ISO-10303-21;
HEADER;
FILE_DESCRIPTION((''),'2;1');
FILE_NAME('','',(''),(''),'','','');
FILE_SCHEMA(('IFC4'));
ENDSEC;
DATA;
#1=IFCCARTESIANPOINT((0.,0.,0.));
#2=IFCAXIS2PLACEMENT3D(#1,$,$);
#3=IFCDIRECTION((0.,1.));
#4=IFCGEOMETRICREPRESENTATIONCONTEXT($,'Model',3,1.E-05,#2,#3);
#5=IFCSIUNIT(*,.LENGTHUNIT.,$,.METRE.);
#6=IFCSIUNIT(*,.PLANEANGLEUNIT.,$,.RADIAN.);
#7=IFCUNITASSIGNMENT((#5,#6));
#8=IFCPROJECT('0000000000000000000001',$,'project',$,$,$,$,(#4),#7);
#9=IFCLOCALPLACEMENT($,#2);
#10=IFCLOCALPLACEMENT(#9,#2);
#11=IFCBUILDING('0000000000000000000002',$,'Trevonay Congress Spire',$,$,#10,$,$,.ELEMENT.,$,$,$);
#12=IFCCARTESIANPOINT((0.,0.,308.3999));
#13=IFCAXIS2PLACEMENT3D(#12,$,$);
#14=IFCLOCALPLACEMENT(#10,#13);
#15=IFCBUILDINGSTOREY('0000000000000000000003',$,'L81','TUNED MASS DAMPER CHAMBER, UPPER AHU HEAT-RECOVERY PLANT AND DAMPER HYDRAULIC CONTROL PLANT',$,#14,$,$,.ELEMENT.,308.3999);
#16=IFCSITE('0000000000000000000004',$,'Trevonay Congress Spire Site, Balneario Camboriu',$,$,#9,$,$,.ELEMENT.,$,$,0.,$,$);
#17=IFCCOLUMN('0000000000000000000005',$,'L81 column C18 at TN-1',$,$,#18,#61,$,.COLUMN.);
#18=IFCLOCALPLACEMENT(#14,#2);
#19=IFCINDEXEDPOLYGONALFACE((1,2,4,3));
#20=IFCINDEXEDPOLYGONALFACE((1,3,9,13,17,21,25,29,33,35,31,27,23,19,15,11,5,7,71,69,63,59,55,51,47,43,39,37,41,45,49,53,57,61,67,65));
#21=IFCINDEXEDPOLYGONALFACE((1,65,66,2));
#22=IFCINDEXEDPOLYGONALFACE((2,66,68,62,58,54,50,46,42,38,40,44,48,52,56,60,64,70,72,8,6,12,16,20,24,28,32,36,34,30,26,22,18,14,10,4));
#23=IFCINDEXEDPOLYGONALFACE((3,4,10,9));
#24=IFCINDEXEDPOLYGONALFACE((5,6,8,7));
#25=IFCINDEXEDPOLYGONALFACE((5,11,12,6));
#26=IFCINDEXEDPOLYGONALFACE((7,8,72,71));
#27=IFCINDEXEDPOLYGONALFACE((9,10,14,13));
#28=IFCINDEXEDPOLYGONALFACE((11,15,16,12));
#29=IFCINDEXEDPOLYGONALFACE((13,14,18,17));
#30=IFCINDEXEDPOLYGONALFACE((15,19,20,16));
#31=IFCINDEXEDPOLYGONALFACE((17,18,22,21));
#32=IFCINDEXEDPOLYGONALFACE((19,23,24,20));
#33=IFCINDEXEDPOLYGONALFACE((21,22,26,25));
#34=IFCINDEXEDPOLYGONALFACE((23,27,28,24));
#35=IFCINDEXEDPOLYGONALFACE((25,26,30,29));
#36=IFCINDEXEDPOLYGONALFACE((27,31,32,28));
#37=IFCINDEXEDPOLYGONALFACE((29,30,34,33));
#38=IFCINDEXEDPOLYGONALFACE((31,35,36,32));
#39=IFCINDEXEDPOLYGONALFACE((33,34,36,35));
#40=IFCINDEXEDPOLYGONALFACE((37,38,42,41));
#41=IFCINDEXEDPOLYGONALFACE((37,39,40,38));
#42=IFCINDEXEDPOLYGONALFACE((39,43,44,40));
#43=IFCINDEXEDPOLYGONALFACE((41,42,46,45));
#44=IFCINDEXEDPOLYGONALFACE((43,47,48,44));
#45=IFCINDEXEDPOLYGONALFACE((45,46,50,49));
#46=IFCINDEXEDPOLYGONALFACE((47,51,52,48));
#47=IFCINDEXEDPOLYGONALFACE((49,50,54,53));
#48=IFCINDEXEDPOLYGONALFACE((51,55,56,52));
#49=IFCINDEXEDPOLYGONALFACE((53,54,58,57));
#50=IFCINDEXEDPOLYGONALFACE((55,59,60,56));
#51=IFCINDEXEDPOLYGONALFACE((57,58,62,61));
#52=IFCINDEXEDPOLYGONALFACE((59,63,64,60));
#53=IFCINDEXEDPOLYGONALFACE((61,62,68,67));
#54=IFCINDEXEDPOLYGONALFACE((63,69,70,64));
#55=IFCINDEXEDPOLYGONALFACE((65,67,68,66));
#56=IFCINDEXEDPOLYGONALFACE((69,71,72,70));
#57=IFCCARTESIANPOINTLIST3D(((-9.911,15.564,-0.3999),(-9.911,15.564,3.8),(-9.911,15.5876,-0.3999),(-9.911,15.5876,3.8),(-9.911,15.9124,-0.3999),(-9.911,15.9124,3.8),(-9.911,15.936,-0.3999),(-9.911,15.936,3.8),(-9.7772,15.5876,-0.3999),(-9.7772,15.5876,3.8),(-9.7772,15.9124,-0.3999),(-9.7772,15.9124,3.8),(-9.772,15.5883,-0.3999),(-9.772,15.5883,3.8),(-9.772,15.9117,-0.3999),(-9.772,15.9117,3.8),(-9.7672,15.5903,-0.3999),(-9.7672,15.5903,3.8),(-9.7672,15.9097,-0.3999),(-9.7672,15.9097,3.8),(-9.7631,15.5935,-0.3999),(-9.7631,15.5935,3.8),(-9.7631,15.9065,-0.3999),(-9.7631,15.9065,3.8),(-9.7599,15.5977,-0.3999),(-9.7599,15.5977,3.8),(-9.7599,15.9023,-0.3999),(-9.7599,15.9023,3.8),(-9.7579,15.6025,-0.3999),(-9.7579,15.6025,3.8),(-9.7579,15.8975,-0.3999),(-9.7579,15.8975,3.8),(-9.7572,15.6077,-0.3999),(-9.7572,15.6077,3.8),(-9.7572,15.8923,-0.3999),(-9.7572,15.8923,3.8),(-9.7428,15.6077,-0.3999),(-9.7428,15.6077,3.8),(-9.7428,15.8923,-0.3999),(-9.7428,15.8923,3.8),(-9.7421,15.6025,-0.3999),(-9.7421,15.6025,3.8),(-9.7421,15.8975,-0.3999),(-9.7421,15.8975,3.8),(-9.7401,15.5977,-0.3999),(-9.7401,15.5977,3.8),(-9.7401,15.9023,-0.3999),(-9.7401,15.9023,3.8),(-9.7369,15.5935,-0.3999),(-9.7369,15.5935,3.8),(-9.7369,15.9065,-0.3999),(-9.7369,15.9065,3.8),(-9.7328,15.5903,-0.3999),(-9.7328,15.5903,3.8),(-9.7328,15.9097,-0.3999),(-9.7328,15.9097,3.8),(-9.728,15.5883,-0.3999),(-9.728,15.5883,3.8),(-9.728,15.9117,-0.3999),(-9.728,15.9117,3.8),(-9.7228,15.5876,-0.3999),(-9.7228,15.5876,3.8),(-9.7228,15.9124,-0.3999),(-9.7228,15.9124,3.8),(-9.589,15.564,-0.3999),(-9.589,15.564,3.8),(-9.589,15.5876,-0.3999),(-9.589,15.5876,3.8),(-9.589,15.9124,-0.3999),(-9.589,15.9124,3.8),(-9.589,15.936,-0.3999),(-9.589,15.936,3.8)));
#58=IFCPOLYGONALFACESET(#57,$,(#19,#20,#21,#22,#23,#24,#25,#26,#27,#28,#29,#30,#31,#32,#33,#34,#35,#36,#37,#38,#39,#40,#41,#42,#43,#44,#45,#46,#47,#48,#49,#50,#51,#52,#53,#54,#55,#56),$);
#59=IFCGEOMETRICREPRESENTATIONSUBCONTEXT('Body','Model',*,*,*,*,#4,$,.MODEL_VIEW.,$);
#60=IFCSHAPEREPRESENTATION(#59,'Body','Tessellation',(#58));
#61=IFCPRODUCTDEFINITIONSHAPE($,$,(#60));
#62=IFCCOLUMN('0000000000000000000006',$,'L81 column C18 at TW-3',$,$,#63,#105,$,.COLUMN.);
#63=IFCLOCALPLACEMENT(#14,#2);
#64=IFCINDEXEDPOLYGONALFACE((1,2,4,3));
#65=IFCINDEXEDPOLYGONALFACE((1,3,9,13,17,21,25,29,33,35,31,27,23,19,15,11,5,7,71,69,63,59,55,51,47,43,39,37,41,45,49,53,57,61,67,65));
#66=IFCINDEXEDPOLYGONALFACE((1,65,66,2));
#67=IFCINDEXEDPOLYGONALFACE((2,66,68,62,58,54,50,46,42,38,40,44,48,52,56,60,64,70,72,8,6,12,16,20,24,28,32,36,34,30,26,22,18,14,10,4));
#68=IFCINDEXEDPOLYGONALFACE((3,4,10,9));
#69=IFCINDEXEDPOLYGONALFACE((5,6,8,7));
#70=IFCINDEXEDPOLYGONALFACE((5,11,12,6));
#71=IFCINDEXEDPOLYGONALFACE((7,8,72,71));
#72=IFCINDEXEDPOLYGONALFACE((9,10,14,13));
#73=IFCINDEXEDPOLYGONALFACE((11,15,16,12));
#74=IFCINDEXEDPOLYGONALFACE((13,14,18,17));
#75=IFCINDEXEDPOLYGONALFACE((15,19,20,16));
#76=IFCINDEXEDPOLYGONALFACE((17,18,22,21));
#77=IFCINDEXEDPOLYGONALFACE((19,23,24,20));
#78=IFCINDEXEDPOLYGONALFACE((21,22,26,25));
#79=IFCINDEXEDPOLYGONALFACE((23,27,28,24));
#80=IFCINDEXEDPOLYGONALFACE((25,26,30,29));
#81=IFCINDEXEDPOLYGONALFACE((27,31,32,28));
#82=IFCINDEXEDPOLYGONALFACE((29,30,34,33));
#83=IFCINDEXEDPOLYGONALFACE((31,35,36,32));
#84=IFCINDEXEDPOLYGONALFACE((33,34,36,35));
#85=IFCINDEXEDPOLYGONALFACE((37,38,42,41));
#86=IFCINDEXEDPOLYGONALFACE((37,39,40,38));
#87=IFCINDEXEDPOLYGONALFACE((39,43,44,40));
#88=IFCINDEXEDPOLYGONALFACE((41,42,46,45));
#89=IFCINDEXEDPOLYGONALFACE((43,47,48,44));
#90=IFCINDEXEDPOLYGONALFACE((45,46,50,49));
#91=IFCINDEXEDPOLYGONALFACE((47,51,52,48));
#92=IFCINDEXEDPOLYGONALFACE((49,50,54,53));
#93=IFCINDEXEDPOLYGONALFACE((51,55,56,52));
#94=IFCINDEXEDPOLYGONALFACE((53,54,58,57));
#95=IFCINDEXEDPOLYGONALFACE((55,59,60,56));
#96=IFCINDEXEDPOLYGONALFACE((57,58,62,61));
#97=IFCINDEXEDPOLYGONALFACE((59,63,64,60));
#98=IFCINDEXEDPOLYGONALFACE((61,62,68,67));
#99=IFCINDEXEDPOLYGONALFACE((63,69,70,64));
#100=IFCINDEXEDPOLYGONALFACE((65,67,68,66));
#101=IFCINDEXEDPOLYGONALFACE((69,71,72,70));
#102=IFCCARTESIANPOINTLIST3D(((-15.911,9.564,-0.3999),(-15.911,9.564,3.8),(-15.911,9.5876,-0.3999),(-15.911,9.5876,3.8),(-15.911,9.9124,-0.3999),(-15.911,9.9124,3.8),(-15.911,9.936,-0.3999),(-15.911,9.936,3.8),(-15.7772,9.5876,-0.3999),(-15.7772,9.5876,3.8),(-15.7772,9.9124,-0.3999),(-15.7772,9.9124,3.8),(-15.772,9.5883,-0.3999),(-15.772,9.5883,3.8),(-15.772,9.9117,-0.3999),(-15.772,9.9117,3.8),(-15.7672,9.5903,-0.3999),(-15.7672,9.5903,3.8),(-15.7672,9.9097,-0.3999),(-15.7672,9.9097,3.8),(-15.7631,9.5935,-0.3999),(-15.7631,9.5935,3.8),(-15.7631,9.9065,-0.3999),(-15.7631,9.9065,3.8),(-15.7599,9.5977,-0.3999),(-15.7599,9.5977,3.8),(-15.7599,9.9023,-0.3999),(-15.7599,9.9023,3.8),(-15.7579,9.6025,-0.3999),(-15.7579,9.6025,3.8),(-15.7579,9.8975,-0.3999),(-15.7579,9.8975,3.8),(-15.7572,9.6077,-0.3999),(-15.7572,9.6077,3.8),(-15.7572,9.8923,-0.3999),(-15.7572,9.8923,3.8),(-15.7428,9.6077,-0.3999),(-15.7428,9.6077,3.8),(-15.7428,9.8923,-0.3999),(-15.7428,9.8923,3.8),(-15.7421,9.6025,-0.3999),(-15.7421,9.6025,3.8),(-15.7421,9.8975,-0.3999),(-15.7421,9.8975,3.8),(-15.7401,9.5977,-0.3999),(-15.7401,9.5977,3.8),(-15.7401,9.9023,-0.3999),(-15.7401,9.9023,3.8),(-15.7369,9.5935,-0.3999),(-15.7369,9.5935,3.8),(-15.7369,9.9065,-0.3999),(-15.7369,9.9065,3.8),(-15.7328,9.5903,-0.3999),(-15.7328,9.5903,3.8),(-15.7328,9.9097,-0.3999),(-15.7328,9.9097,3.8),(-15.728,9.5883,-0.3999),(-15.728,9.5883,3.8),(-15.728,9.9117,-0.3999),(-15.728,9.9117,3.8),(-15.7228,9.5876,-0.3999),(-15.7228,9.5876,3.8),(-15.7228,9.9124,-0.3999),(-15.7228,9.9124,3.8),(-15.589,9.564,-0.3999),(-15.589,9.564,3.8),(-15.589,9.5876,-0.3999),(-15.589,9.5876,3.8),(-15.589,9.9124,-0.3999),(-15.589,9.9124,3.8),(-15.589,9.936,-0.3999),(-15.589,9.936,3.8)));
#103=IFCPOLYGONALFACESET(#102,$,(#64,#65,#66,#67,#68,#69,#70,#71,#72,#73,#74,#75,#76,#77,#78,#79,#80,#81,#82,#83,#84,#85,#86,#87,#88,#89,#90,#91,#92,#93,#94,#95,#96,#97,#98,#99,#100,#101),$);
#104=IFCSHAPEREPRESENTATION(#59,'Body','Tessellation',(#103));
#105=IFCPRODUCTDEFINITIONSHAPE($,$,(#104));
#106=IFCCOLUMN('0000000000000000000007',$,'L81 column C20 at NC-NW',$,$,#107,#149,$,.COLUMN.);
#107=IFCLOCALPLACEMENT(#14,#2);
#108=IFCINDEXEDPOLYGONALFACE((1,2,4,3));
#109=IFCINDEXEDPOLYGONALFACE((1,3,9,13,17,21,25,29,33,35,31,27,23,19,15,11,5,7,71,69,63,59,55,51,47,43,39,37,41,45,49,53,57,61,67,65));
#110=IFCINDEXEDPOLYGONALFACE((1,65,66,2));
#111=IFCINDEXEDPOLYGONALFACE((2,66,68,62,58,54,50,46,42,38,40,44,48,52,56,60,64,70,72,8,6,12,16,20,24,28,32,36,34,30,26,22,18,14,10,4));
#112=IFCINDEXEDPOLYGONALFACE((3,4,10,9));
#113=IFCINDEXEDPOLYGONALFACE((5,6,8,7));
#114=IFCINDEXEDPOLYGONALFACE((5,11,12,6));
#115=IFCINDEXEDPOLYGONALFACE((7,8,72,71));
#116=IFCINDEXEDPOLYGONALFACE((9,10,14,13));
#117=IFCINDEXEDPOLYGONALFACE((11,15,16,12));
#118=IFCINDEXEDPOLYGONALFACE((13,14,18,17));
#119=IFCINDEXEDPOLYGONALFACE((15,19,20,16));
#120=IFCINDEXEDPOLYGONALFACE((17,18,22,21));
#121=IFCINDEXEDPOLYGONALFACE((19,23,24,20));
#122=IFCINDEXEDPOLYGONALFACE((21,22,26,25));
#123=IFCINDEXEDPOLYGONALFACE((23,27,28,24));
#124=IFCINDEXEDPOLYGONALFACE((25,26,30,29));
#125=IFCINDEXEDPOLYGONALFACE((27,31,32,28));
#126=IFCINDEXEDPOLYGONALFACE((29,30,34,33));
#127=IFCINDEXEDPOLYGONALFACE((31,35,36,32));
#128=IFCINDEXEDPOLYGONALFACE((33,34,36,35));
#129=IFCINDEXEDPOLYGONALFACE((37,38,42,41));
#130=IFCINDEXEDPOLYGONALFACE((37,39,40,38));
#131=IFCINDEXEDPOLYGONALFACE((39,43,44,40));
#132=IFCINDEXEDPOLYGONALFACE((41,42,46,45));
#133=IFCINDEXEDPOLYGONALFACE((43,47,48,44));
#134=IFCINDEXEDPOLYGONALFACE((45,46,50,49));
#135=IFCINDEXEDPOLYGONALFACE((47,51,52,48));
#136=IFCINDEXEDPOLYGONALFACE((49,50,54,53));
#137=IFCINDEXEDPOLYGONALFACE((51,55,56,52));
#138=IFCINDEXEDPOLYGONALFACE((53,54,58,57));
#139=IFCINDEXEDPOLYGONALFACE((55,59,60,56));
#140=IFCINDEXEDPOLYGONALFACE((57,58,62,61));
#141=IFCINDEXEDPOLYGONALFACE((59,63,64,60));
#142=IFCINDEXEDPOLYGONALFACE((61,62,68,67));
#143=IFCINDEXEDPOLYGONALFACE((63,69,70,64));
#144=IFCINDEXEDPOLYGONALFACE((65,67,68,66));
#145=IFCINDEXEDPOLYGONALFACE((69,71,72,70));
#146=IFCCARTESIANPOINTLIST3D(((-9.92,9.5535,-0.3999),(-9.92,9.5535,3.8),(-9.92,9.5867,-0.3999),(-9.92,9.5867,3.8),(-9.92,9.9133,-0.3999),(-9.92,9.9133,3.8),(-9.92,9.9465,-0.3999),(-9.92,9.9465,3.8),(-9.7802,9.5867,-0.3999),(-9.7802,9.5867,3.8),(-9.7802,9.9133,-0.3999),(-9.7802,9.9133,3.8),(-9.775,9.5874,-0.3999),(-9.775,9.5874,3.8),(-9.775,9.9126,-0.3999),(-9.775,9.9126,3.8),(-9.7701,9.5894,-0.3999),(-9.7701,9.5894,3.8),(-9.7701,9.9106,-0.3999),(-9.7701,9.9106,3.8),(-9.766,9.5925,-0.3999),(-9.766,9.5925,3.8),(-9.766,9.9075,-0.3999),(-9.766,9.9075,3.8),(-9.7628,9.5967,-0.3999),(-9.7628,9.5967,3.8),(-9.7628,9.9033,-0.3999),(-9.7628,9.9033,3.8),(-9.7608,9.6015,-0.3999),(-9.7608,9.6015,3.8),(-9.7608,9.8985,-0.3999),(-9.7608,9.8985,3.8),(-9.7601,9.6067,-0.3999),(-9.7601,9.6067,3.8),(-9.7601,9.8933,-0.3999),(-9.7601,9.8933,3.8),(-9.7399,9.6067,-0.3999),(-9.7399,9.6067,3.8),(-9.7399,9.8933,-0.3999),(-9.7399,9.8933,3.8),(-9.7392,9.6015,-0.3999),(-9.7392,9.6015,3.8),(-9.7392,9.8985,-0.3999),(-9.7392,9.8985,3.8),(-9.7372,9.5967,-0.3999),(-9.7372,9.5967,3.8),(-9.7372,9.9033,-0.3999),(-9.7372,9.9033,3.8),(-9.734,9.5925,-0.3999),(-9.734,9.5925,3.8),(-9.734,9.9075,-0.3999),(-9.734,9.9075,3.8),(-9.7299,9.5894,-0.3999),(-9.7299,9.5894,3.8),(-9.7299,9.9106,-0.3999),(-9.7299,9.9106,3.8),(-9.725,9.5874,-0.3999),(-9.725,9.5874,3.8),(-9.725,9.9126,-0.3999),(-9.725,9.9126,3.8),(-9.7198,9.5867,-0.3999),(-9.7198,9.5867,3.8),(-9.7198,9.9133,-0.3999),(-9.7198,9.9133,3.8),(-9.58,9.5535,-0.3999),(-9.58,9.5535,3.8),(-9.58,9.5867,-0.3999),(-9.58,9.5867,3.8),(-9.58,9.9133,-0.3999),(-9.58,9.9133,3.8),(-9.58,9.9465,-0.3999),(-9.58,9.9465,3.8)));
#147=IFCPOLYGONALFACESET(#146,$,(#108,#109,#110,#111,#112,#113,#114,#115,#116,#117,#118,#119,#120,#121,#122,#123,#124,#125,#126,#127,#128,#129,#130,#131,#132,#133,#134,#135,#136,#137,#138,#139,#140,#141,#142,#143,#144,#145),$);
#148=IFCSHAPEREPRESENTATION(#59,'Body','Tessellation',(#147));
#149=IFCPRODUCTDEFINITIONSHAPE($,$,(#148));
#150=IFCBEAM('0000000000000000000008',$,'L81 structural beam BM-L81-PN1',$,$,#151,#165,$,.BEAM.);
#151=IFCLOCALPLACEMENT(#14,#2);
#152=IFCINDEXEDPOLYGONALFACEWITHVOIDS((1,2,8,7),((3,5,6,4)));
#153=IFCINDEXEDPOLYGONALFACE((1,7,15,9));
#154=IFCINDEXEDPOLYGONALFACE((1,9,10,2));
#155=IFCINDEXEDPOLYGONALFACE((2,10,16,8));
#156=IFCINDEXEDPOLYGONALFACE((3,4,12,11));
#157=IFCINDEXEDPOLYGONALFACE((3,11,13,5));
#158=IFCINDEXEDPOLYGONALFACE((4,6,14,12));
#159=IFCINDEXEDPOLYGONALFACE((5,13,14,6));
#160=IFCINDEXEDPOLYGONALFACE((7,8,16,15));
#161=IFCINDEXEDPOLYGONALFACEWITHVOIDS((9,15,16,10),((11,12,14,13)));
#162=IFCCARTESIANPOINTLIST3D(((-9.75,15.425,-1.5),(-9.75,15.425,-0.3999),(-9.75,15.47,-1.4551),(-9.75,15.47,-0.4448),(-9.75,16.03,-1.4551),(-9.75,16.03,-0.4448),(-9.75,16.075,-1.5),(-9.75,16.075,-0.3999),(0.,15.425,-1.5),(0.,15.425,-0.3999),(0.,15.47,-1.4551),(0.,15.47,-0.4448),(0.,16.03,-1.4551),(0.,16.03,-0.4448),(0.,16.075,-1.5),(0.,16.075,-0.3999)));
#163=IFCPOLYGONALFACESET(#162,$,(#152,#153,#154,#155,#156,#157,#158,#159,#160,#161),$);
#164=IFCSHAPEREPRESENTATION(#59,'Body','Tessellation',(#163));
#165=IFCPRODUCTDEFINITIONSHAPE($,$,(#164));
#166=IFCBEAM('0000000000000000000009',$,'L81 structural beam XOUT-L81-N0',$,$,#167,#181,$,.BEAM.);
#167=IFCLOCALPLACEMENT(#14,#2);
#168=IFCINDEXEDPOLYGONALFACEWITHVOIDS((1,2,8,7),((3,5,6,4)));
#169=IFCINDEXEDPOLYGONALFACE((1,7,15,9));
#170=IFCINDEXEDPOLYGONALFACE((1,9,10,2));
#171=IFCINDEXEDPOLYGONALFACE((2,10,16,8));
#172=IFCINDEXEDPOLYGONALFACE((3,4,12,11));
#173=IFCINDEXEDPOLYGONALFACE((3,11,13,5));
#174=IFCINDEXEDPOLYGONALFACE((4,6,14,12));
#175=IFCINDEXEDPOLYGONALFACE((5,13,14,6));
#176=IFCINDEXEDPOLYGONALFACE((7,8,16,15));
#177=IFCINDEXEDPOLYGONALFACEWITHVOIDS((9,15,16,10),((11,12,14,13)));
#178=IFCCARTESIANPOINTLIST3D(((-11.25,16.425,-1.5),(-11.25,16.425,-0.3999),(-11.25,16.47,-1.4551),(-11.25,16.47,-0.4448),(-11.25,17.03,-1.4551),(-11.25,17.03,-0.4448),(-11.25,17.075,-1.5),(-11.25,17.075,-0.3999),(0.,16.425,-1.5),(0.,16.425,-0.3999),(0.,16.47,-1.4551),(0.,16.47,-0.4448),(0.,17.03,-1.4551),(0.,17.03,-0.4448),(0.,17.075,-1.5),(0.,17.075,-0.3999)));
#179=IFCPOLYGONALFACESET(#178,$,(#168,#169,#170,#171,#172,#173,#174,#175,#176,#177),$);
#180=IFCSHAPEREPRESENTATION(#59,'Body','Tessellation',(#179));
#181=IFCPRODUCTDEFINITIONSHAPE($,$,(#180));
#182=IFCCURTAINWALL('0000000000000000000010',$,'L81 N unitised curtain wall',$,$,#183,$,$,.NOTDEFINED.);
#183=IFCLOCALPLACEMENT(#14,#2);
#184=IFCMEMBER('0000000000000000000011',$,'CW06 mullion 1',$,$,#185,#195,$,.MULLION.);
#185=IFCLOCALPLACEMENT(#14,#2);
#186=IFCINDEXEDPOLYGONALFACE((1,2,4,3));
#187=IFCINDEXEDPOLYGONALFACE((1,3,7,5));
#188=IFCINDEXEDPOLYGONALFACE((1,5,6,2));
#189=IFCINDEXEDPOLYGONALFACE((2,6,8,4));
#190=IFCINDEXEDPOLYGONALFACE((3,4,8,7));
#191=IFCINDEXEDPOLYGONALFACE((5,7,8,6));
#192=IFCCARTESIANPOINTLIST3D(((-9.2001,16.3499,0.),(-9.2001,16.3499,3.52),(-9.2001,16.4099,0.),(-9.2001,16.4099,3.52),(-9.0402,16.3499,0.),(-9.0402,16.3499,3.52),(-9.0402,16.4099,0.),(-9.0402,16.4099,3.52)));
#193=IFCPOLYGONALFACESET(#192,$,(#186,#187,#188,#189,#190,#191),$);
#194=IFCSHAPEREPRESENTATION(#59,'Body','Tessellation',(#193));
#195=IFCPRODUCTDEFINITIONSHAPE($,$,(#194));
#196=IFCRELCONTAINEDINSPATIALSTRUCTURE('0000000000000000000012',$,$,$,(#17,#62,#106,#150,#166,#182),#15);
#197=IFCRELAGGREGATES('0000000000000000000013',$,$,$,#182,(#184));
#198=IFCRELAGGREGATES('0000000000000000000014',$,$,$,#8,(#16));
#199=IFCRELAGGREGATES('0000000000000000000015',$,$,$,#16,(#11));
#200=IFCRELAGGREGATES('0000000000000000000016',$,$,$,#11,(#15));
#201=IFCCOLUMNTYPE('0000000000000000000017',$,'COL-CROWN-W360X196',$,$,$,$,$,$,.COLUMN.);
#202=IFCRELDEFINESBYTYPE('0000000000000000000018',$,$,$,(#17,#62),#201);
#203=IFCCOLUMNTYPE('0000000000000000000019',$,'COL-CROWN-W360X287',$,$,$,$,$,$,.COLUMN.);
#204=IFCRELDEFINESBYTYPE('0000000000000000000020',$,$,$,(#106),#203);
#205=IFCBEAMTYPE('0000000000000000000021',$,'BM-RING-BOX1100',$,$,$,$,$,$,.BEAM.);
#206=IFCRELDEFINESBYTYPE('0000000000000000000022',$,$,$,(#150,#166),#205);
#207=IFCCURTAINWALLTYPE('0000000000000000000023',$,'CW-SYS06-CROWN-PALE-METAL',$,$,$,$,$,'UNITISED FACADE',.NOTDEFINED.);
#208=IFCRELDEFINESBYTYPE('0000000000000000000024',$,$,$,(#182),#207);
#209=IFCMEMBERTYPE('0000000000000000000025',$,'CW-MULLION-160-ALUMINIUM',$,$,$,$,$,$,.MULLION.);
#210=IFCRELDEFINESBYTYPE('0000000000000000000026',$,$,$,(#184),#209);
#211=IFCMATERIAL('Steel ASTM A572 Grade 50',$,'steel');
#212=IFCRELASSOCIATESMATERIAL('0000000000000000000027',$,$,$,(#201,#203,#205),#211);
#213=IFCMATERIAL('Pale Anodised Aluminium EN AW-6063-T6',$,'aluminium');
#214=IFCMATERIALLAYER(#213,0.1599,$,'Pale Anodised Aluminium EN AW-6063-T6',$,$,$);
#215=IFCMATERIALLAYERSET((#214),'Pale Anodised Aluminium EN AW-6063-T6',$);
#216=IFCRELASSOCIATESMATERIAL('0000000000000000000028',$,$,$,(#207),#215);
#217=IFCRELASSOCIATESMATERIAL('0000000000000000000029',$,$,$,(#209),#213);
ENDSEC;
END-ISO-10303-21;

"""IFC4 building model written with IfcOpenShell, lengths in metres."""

from ifc_helpers import new_model, si_unit, direction, frame, origin, origin_2d, place, context, subcontext, project, spatial, rectangle, hollow_rectangle, i_section, extrude, material, layer, layer_set, material_profile, profile_set, type_object, element, aggregate, save


model = new_model("IFC4")

# Units and contexts
model_context = context("Model", 3, precision=1e-05, world=origin(), true_north=direction((0.0, 1.0)))
body_context = subcontext(model_context, "Body", "Model", "MODEL_VIEW")
ifc_project = project(units=[si_unit("LENGTHUNIT", "METRE"), si_unit("PLANEANGLEUNIT", "RADIAN")], contexts=[model_context])

# Site, building, storey
site_placement = place(None, origin())
site = spatial("IfcSite", under=ifc_project, at=site_placement, Name="Trevonay Congress Spire Site, Balneario Camboriu", CompositionType="ELEMENT", RefElevation=0.0)
building_placement = place(site_placement, origin())
building = spatial("IfcBuilding", under=site, at=building_placement, Name="Trevonay Congress Spire", CompositionType="ELEMENT")
storey_placement = place(building_placement, frame((0.0, 0.0, 308.3999)))
storey = spatial("IfcBuildingStorey", under=building, at=storey_placement, Name="L81", Description="TUNED MASS DAMPER CHAMBER, UPPER AHU HEAT-RECOVERY PLANT AND DAMPER HYDRAULIC CONTROL PLANT", CompositionType="ELEMENT", Elevation=308.3999)

# Columns
ifc_material_1 = material(Name="Steel ASTM A572 Grade 50", Category="steel")
ifc_material_profile_1 = material_profile(ifc_material_1, i_section(OverallWidth=0.322, OverallDepth=0.3721, WebThickness=0.0144, FlangeThickness=0.0237, FilletRadius=0.02, at=origin_2d()), Name="W360x196")
ifc_profile_set_1 = profile_set([ifc_material_profile_1], Name="Steel ASTM A572 Grade 50")
column_type_1 = type_object("IfcColumnType", Name="COL-CROWN-W360X196", PredefinedType="COLUMN", material=ifc_profile_set_1)
for number, where, z_axis, x_axis, name in (
    (1, (-9.75, 15.75, -0.3999), (0.0, 0.0, 1.0), (1.0, 0.0, 0.0), "L81 column C18 at TN-1"),
    (2, (-15.75, 9.75, -0.3999), (0.0, 0.0, 1.0), (1.0, 0.0, 0.0), "L81 column C18 at TW-3"),
):
    element("IfcColumn", number, at=place(storey_placement, frame(where, z_axis=z_axis, x_axis=x_axis)), inside=storey, type_object=column_type_1, Name=name, PredefinedType="COLUMN", context=body_context, shape_type="SweptSolid", body=[
        extrude(i_section(OverallWidth=0.322, OverallDepth=0.3721, WebThickness=0.0144, FlangeThickness=0.0237, FilletRadius=0.02, at=origin_2d()), origin(), (0.0, 0.0, 1.0), 4.2),
    ])
ifc_material_profile_2 = material_profile(ifc_material_1, i_section(OverallWidth=0.3401, OverallDepth=0.3931, WebThickness=0.0203, FlangeThickness=0.0332, FilletRadius=0.02, at=origin_2d()), Name="W360x287")
ifc_profile_set_2 = profile_set([ifc_material_profile_2], Name="Steel ASTM A572 Grade 50")
column_type_2 = type_object("IfcColumnType", Name="COL-CROWN-W360X287", PredefinedType="COLUMN", material=ifc_profile_set_2)
column_placement = place(storey_placement, frame((-9.75, 9.75, -0.3999), z_axis=(0.0, 0.0, 1.0), x_axis=(1.0, 0.0, 0.0)))
element("IfcColumn", 3, at=column_placement, inside=storey, type_object=column_type_2, Name="L81 column C20 at NC-NW", PredefinedType="COLUMN", context=body_context, shape_type="SweptSolid", body=[
    extrude(i_section(OverallWidth=0.3401, OverallDepth=0.3931, WebThickness=0.0203, FlangeThickness=0.0332, FilletRadius=0.02, at=origin_2d()), origin(), (0.0, 0.0, 1.0), 4.2),
])

# Beams
ifc_material_profile_3 = material_profile(ifc_material_1, hollow_rectangle(XDim=0.6499, YDim=1.1001, WallThickness=0.0449, at=origin_2d()), Name="BOX 1100x650x45")
ifc_profile_set_3 = profile_set([ifc_material_profile_3], Name="Steel ASTM A572 Grade 50")
beam_type_1 = type_object("IfcBeamType", Name="BM-RING-BOX1100", PredefinedType="BEAM", material=ifc_profile_set_3)
beam_1_placement = place(storey_placement, frame((-9.75, 15.75, -0.95), z_axis=(1.0, 0.0, 0.0), x_axis=(0.0, 1.0, 0.0)))
element("IfcBeam", 4, at=beam_1_placement, inside=storey, type_object=beam_type_1, Name="L81 structural beam BM-L81-PN1", PredefinedType="BEAM", context=body_context, shape_type="SweptSolid", body=[
    extrude(hollow_rectangle(XDim=0.6499, YDim=1.1001, WallThickness=0.0449, at=origin_2d()), origin(), (0.0, 0.0, 1.0), 9.75),
])
beam_2_placement = place(storey_placement, frame((-11.25, 16.75, -0.95), z_axis=(1.0, 0.0, 0.0), x_axis=(0.0, 1.0, 0.0)))
element("IfcBeam", 5, at=beam_2_placement, inside=storey, type_object=beam_type_1, Name="L81 structural beam XOUT-L81-N0", PredefinedType="BEAM", context=body_context, shape_type="SweptSolid", body=[
    extrude(hollow_rectangle(XDim=0.6499, YDim=1.1001, WallThickness=0.0449, at=origin_2d()), origin(), (0.0, 0.0, 1.0), 11.25),
])

# Curtain wall, member
ifc_material_2 = material(Name="Pale Anodised Aluminium EN AW-6063-T6", Category="aluminium")
ifc_layer_1 = layer(ifc_material_2, 0.1599, Name="Pale Anodised Aluminium EN AW-6063-T6")
ifc_layer_set_1 = layer_set([ifc_layer_1], Name="Pale Anodised Aluminium EN AW-6063-T6")
curtain_wall_type = type_object("IfcCurtainWallType", Name="CW-SYS06-CROWN-PALE-METAL", ElementType="UNITISED FACADE", PredefinedType="NOTDEFINED", material=ifc_layer_set_1)
curtain_wall_1_placement = place(storey_placement, origin())
curtain_wall_1 = element("IfcCurtainWall", 6, at=curtain_wall_1_placement, inside=storey, type_object=curtain_wall_type, Name="L81 N unitised curtain wall", PredefinedType="NOTDEFINED")
ifc_material_profile_4 = material_profile(ifc_material_2, rectangle(XDim=0.0601, YDim=0.1599, at=origin_2d()), Name="CW-MULLION-160-ALUMINIUM")
ifc_profile_set_4 = profile_set([ifc_material_profile_4], Name="Pale Anodised Aluminium EN AW-6063-T6")
member_type_1 = type_object("IfcMemberType", Name="CW-MULLION-160-ALUMINIUM", PredefinedType="MULLION", material=ifc_profile_set_4)
member_1_placement = place(storey_placement, frame((-9.1201, 16.3799, 0.0), z_axis=(0.0, 0.0, 1.0), x_axis=(0.0, 1.0, 0.0)))
member_1 = element("IfcMember", 7, at=member_1_placement, type_object=member_type_1, Name="CW06 mullion 1", PredefinedType="MULLION", context=body_context, shape_type="SweptSolid", body=[
    extrude(rectangle(XDim=0.0601, YDim=0.1599, at=origin_2d()), origin(), (0.0, 0.0, 1.0), 3.52),
])

aggregate(curtain_wall_1, [member_1])

save(model, "model.ifc")
